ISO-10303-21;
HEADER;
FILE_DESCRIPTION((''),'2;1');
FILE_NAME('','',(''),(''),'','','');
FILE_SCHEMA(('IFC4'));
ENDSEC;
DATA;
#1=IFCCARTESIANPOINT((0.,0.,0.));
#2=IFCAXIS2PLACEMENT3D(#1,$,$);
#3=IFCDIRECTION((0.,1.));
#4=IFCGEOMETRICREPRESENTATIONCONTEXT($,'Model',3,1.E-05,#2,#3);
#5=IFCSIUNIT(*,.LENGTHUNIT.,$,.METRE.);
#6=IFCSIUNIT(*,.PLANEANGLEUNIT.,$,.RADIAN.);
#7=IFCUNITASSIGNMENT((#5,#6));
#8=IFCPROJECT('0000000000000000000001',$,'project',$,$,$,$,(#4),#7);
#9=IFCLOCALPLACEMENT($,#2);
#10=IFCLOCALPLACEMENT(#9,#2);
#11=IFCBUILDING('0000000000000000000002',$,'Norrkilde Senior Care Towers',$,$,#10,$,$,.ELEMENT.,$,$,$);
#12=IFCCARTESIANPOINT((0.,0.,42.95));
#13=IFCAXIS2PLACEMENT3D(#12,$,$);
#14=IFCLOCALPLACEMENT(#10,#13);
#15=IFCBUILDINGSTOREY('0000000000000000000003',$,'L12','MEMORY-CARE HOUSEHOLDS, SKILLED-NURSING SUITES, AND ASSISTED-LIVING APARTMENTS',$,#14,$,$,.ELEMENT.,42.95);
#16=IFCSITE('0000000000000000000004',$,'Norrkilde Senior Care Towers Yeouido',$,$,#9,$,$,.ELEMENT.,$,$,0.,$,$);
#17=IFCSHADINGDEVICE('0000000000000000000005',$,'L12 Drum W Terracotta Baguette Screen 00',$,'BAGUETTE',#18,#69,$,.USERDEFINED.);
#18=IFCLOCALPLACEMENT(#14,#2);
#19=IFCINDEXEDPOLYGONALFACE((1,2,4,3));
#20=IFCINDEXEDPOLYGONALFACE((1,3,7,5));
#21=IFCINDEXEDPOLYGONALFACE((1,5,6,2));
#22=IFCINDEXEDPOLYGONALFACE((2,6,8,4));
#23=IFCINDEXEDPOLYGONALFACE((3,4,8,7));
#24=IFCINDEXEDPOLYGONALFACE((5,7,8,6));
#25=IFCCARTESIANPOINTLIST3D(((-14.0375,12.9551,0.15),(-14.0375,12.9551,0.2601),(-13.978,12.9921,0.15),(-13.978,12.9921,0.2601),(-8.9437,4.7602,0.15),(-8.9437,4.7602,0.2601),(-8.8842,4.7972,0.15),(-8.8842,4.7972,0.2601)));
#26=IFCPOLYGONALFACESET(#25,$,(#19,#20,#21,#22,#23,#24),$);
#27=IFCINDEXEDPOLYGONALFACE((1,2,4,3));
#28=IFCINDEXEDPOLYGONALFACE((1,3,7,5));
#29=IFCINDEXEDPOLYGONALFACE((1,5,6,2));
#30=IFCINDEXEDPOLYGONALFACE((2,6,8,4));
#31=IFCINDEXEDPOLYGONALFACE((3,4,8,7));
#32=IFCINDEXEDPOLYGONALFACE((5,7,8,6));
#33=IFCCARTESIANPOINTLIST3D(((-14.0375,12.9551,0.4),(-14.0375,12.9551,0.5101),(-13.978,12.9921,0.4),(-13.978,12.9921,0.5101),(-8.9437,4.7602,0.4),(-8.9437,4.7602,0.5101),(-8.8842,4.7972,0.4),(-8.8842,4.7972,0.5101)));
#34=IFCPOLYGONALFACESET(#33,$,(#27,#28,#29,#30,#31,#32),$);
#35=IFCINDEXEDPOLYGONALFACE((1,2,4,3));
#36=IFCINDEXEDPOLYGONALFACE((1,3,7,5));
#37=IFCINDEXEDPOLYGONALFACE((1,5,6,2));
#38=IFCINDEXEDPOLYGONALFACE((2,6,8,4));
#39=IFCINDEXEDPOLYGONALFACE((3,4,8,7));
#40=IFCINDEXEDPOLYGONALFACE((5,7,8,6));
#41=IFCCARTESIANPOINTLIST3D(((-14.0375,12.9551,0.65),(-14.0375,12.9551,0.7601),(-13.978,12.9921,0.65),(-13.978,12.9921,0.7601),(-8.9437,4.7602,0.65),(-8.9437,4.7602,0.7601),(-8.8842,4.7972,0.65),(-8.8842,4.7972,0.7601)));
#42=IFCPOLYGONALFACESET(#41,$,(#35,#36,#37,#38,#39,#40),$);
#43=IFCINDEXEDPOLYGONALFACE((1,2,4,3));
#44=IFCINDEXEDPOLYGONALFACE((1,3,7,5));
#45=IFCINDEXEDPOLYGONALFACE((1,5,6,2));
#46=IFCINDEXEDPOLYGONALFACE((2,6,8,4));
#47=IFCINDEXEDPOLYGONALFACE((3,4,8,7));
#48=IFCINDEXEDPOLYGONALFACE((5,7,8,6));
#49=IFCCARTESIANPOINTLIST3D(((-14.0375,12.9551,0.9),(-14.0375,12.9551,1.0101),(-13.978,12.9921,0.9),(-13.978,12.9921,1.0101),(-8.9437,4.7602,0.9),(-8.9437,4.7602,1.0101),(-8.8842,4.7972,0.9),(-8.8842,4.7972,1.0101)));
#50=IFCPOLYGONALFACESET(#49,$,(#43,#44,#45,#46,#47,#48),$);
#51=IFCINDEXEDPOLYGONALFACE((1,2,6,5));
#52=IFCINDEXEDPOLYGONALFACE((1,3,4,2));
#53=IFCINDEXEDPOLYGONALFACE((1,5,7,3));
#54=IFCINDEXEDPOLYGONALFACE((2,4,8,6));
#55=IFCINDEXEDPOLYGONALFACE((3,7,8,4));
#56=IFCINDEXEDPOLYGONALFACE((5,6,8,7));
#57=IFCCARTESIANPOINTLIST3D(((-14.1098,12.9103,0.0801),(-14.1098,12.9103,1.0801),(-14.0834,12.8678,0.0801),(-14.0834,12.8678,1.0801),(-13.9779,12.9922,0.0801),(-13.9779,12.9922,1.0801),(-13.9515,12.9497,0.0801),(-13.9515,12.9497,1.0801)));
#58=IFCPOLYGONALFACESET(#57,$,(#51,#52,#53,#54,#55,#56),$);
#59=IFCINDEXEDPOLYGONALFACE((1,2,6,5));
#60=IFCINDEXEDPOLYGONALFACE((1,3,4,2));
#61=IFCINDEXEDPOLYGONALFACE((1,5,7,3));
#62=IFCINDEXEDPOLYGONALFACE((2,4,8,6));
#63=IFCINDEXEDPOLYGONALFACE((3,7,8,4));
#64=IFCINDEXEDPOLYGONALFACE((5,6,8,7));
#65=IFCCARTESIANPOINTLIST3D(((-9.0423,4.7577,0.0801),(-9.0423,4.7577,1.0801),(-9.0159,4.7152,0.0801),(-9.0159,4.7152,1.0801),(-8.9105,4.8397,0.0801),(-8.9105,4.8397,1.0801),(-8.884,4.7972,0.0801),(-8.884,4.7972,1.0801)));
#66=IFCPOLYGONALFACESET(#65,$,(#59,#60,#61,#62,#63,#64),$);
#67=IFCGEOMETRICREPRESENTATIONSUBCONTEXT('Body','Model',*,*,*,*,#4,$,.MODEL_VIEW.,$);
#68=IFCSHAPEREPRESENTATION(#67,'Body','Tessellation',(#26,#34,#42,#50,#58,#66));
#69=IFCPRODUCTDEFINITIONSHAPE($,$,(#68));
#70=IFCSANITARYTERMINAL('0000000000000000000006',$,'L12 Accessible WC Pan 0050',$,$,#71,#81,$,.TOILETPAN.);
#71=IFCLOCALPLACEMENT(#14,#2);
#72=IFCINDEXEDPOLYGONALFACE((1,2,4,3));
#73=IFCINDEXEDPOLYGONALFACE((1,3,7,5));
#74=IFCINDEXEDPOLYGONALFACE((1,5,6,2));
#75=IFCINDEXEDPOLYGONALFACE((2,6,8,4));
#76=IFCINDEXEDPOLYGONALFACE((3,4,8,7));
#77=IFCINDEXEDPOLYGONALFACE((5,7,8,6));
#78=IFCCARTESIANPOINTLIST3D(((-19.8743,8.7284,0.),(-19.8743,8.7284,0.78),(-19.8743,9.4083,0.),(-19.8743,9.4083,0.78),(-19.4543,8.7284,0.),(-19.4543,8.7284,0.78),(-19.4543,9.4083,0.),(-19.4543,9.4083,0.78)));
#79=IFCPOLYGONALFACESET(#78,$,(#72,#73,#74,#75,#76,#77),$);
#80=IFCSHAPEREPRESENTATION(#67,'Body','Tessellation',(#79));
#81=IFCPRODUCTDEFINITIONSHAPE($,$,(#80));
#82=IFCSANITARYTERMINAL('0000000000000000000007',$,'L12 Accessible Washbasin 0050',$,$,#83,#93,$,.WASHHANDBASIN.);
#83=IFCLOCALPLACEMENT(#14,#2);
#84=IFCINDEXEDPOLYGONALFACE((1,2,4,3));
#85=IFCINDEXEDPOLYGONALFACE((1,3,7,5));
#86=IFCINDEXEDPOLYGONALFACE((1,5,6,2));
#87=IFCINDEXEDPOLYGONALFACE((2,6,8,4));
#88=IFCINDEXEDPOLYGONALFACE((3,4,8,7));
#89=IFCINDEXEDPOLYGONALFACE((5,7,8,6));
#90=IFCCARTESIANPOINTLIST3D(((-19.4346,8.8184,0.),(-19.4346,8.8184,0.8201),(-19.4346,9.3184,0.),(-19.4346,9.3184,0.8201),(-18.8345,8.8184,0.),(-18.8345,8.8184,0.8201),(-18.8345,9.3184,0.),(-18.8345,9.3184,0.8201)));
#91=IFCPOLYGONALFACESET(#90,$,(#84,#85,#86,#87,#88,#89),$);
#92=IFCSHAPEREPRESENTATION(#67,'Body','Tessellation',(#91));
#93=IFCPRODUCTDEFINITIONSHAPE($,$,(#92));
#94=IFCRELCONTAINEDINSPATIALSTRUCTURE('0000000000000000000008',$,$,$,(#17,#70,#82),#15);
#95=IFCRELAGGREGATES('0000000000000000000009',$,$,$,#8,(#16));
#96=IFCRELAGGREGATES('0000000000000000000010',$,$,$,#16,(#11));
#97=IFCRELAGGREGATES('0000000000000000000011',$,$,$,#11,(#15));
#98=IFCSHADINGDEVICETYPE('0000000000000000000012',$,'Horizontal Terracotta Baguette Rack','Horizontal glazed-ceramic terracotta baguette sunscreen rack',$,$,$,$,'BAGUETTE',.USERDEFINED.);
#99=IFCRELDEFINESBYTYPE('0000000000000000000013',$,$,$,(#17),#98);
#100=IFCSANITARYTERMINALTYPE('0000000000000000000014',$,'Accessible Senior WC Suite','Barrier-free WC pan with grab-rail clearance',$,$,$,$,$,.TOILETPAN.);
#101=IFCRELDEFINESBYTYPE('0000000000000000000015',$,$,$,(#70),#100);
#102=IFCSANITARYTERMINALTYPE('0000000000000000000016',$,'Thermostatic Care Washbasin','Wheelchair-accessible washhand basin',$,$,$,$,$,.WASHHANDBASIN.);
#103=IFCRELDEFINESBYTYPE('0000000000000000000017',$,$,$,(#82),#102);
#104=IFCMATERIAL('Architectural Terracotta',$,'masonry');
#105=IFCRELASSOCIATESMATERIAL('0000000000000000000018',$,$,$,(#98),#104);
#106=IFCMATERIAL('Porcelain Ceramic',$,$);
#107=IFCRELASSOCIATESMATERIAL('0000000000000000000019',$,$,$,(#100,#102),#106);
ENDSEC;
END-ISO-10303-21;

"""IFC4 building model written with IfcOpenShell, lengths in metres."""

from ifc_helpers import new_model, si_unit, direction, frame, origin, origin_2d, place, context, subcontext, project, spatial, rectangle, extrude, source, transform, mapped, material, type_object, type_shapes, element, save


model = new_model("IFC4")

# Units and contexts
model_context = context("Model", 3, precision=1e-05, world=origin(), true_north=direction((0.0, 1.0)))
body_context = subcontext(model_context, "Body", "Model", "MODEL_VIEW")
ifc_project = project(units=[si_unit("LENGTHUNIT", "METRE"), si_unit("PLANEANGLEUNIT", "RADIAN")], contexts=[model_context])

# Site, building, storey
site_placement = place(None, origin())
site = spatial("IfcSite", under=ifc_project, at=site_placement, Name="Norrkilde Senior Care Towers Yeouido", CompositionType="ELEMENT", RefElevation=0.0)
building_placement = place(site_placement, origin())
building = spatial("IfcBuilding", under=site, at=building_placement, Name="Norrkilde Senior Care Towers", CompositionType="ELEMENT")
storey_placement = place(building_placement, frame((0.0, 0.0, 42.95)))
storey = spatial("IfcBuildingStorey", under=building, at=storey_placement, Name="L12", Description="MEMORY-CARE HOUSEHOLDS, SKILLED-NURSING SUITES, AND ASSISTED-LIVING APARTMENTS", CompositionType="ELEMENT", Elevation=42.95)

# Shading device
ifc_material_1 = material(Name="Architectural Terracotta", Category="masonry")
shading_device_type = type_object("IfcShadingDeviceType", Name="Horizontal Terracotta Baguette Rack", Description="Horizontal glazed-ceramic terracotta baguette sunscreen rack", ElementType="BAGUETTE", PredefinedType="USERDEFINED", material=ifc_material_1)
shared_shape_1 = source(origin(), body_context, "Body", "SweptSolid", [
    extrude(rectangle(XDim=0.0701, YDim=0.1101, at=origin_2d()), frame((0.0, 0.0901, 0.125), z_axis=(1.0, 0.0, 0.0), x_axis=(0.0, 1.0, 0.0)), (0.0, 0.0, 1.0), 9.6489),
    extrude(rectangle(XDim=0.0701, YDim=0.1101, at=origin_2d()), frame((0.0, 0.0901, 0.375), z_axis=(1.0, 0.0, 0.0), x_axis=(0.0, 1.0, 0.0)), (0.0, 0.0, 1.0), 9.6489),
    extrude(rectangle(XDim=0.0701, YDim=0.1101, at=origin_2d()), frame((0.0, 0.0901, 0.625), z_axis=(1.0, 0.0, 0.0), x_axis=(0.0, 1.0, 0.0)), (0.0, 0.0, 1.0), 9.6489),
    extrude(rectangle(XDim=0.0701, YDim=0.1101, at=origin_2d()), frame((0.0, 0.0901, 0.875), z_axis=(1.0, 0.0, 0.0), x_axis=(0.0, 1.0, 0.0)), (0.0, 0.0, 1.0), 9.6489),
    extrude(rectangle(XDim=0.05, YDim=0.1553, at=origin_2d()), frame((0.0249, 0.0476, 0.0)), (0.0, 0.0, 1.0), 1.0),
    extrude(rectangle(XDim=0.05, YDim=0.1553, at=origin_2d()), frame((9.624, 0.0476, 0.0)), (0.0, 0.0, 1.0), 1.0),
])
type_shapes(shading_device_type, [shared_shape_1])
shading_device_placement = place(storey_placement, frame((-14.0842, 12.926, 0.0801), z_axis=(0.0, 0.0, 1.0), x_axis=(0.527909, -0.849299, 0.0)))
element("IfcShadingDevice", 1, at=shading_device_placement, inside=storey, type_object=shading_device_type, Name="L12 Drum W Terracotta Baguette Screen 00", ObjectType="BAGUETTE", PredefinedType="USERDEFINED", context=body_context, shape_type="MappedRepresentation", body=[
    mapped(shared_shape_1, transform((0.0, 0.0, 0.0), x_axis=(1.0, 0.0, 0.0), y_axis=(0.0, 1.0, 0.0), z_axis=(0.0, 0.0, 1.0), scale=1.0)),
])

# Sanitary terminals
ifc_material_2 = material(Name="Porcelain Ceramic")
sanitary_terminal_type_1 = type_object("IfcSanitaryTerminalType", Name="Accessible Senior WC Suite", Description="Barrier-free WC pan with grab-rail clearance", PredefinedType="TOILETPAN", material=ifc_material_2)
shared_shape_2 = source(origin(), body_context, "Body", "SweptSolid", [
    extrude(rectangle(XDim=0.4199, YDim=0.6799, at=origin_2d()), origin(), (0.0, 0.0, 1.0), 0.78),
])
type_shapes(sanitary_terminal_type_1, [shared_shape_2])
sanitary_terminal_1_placement = place(storey_placement, frame((-19.6643, 9.0684, 0.0), z_axis=(0.0, 0.0, 1.0), x_axis=(1.0, 0.0, 0.0)))
element("IfcSanitaryTerminal", 2, at=sanitary_terminal_1_placement, inside=storey, type_object=sanitary_terminal_type_1, Name="L12 Accessible WC Pan 0050", PredefinedType="TOILETPAN", context=body_context, shape_type="MappedRepresentation", body=[
    mapped(shared_shape_2, transform((0.0, 0.0, 0.0), x_axis=(1.0, 0.0, 0.0), y_axis=(0.0, 1.0, 0.0), z_axis=(0.0, 0.0, 1.0), scale=1.0)),
])
sanitary_terminal_type_2 = type_object("IfcSanitaryTerminalType", Name="Thermostatic Care Washbasin", Description="Wheelchair-accessible washhand basin", PredefinedType="WASHHANDBASIN", material=ifc_material_2)
shared_shape_3 = source(origin(), body_context, "Body", "SweptSolid", [
    extrude(rectangle(XDim=0.6001, YDim=0.5, at=origin_2d()), origin(), (0.0, 0.0, 1.0), 0.8201),
])
type_shapes(sanitary_terminal_type_2, [shared_shape_3])
sanitary_terminal_2_placement = place(storey_placement, frame((-19.1345, 9.0684, 0.0), z_axis=(0.0, 0.0, 1.0), x_axis=(1.0, 0.0, 0.0)))
element("IfcSanitaryTerminal", 3, at=sanitary_terminal_2_placement, inside=storey, type_object=sanitary_terminal_type_2, Name="L12 Accessible Washbasin 0050", PredefinedType="WASHHANDBASIN", context=body_context, shape_type="MappedRepresentation", body=[
    mapped(shared_shape_3, transform((0.0, 0.0, 0.0), x_axis=(1.0, 0.0, 0.0), y_axis=(0.0, 1.0, 0.0), z_axis=(0.0, 0.0, 1.0), scale=1.0)),
])

save(model, "model.ifc")
